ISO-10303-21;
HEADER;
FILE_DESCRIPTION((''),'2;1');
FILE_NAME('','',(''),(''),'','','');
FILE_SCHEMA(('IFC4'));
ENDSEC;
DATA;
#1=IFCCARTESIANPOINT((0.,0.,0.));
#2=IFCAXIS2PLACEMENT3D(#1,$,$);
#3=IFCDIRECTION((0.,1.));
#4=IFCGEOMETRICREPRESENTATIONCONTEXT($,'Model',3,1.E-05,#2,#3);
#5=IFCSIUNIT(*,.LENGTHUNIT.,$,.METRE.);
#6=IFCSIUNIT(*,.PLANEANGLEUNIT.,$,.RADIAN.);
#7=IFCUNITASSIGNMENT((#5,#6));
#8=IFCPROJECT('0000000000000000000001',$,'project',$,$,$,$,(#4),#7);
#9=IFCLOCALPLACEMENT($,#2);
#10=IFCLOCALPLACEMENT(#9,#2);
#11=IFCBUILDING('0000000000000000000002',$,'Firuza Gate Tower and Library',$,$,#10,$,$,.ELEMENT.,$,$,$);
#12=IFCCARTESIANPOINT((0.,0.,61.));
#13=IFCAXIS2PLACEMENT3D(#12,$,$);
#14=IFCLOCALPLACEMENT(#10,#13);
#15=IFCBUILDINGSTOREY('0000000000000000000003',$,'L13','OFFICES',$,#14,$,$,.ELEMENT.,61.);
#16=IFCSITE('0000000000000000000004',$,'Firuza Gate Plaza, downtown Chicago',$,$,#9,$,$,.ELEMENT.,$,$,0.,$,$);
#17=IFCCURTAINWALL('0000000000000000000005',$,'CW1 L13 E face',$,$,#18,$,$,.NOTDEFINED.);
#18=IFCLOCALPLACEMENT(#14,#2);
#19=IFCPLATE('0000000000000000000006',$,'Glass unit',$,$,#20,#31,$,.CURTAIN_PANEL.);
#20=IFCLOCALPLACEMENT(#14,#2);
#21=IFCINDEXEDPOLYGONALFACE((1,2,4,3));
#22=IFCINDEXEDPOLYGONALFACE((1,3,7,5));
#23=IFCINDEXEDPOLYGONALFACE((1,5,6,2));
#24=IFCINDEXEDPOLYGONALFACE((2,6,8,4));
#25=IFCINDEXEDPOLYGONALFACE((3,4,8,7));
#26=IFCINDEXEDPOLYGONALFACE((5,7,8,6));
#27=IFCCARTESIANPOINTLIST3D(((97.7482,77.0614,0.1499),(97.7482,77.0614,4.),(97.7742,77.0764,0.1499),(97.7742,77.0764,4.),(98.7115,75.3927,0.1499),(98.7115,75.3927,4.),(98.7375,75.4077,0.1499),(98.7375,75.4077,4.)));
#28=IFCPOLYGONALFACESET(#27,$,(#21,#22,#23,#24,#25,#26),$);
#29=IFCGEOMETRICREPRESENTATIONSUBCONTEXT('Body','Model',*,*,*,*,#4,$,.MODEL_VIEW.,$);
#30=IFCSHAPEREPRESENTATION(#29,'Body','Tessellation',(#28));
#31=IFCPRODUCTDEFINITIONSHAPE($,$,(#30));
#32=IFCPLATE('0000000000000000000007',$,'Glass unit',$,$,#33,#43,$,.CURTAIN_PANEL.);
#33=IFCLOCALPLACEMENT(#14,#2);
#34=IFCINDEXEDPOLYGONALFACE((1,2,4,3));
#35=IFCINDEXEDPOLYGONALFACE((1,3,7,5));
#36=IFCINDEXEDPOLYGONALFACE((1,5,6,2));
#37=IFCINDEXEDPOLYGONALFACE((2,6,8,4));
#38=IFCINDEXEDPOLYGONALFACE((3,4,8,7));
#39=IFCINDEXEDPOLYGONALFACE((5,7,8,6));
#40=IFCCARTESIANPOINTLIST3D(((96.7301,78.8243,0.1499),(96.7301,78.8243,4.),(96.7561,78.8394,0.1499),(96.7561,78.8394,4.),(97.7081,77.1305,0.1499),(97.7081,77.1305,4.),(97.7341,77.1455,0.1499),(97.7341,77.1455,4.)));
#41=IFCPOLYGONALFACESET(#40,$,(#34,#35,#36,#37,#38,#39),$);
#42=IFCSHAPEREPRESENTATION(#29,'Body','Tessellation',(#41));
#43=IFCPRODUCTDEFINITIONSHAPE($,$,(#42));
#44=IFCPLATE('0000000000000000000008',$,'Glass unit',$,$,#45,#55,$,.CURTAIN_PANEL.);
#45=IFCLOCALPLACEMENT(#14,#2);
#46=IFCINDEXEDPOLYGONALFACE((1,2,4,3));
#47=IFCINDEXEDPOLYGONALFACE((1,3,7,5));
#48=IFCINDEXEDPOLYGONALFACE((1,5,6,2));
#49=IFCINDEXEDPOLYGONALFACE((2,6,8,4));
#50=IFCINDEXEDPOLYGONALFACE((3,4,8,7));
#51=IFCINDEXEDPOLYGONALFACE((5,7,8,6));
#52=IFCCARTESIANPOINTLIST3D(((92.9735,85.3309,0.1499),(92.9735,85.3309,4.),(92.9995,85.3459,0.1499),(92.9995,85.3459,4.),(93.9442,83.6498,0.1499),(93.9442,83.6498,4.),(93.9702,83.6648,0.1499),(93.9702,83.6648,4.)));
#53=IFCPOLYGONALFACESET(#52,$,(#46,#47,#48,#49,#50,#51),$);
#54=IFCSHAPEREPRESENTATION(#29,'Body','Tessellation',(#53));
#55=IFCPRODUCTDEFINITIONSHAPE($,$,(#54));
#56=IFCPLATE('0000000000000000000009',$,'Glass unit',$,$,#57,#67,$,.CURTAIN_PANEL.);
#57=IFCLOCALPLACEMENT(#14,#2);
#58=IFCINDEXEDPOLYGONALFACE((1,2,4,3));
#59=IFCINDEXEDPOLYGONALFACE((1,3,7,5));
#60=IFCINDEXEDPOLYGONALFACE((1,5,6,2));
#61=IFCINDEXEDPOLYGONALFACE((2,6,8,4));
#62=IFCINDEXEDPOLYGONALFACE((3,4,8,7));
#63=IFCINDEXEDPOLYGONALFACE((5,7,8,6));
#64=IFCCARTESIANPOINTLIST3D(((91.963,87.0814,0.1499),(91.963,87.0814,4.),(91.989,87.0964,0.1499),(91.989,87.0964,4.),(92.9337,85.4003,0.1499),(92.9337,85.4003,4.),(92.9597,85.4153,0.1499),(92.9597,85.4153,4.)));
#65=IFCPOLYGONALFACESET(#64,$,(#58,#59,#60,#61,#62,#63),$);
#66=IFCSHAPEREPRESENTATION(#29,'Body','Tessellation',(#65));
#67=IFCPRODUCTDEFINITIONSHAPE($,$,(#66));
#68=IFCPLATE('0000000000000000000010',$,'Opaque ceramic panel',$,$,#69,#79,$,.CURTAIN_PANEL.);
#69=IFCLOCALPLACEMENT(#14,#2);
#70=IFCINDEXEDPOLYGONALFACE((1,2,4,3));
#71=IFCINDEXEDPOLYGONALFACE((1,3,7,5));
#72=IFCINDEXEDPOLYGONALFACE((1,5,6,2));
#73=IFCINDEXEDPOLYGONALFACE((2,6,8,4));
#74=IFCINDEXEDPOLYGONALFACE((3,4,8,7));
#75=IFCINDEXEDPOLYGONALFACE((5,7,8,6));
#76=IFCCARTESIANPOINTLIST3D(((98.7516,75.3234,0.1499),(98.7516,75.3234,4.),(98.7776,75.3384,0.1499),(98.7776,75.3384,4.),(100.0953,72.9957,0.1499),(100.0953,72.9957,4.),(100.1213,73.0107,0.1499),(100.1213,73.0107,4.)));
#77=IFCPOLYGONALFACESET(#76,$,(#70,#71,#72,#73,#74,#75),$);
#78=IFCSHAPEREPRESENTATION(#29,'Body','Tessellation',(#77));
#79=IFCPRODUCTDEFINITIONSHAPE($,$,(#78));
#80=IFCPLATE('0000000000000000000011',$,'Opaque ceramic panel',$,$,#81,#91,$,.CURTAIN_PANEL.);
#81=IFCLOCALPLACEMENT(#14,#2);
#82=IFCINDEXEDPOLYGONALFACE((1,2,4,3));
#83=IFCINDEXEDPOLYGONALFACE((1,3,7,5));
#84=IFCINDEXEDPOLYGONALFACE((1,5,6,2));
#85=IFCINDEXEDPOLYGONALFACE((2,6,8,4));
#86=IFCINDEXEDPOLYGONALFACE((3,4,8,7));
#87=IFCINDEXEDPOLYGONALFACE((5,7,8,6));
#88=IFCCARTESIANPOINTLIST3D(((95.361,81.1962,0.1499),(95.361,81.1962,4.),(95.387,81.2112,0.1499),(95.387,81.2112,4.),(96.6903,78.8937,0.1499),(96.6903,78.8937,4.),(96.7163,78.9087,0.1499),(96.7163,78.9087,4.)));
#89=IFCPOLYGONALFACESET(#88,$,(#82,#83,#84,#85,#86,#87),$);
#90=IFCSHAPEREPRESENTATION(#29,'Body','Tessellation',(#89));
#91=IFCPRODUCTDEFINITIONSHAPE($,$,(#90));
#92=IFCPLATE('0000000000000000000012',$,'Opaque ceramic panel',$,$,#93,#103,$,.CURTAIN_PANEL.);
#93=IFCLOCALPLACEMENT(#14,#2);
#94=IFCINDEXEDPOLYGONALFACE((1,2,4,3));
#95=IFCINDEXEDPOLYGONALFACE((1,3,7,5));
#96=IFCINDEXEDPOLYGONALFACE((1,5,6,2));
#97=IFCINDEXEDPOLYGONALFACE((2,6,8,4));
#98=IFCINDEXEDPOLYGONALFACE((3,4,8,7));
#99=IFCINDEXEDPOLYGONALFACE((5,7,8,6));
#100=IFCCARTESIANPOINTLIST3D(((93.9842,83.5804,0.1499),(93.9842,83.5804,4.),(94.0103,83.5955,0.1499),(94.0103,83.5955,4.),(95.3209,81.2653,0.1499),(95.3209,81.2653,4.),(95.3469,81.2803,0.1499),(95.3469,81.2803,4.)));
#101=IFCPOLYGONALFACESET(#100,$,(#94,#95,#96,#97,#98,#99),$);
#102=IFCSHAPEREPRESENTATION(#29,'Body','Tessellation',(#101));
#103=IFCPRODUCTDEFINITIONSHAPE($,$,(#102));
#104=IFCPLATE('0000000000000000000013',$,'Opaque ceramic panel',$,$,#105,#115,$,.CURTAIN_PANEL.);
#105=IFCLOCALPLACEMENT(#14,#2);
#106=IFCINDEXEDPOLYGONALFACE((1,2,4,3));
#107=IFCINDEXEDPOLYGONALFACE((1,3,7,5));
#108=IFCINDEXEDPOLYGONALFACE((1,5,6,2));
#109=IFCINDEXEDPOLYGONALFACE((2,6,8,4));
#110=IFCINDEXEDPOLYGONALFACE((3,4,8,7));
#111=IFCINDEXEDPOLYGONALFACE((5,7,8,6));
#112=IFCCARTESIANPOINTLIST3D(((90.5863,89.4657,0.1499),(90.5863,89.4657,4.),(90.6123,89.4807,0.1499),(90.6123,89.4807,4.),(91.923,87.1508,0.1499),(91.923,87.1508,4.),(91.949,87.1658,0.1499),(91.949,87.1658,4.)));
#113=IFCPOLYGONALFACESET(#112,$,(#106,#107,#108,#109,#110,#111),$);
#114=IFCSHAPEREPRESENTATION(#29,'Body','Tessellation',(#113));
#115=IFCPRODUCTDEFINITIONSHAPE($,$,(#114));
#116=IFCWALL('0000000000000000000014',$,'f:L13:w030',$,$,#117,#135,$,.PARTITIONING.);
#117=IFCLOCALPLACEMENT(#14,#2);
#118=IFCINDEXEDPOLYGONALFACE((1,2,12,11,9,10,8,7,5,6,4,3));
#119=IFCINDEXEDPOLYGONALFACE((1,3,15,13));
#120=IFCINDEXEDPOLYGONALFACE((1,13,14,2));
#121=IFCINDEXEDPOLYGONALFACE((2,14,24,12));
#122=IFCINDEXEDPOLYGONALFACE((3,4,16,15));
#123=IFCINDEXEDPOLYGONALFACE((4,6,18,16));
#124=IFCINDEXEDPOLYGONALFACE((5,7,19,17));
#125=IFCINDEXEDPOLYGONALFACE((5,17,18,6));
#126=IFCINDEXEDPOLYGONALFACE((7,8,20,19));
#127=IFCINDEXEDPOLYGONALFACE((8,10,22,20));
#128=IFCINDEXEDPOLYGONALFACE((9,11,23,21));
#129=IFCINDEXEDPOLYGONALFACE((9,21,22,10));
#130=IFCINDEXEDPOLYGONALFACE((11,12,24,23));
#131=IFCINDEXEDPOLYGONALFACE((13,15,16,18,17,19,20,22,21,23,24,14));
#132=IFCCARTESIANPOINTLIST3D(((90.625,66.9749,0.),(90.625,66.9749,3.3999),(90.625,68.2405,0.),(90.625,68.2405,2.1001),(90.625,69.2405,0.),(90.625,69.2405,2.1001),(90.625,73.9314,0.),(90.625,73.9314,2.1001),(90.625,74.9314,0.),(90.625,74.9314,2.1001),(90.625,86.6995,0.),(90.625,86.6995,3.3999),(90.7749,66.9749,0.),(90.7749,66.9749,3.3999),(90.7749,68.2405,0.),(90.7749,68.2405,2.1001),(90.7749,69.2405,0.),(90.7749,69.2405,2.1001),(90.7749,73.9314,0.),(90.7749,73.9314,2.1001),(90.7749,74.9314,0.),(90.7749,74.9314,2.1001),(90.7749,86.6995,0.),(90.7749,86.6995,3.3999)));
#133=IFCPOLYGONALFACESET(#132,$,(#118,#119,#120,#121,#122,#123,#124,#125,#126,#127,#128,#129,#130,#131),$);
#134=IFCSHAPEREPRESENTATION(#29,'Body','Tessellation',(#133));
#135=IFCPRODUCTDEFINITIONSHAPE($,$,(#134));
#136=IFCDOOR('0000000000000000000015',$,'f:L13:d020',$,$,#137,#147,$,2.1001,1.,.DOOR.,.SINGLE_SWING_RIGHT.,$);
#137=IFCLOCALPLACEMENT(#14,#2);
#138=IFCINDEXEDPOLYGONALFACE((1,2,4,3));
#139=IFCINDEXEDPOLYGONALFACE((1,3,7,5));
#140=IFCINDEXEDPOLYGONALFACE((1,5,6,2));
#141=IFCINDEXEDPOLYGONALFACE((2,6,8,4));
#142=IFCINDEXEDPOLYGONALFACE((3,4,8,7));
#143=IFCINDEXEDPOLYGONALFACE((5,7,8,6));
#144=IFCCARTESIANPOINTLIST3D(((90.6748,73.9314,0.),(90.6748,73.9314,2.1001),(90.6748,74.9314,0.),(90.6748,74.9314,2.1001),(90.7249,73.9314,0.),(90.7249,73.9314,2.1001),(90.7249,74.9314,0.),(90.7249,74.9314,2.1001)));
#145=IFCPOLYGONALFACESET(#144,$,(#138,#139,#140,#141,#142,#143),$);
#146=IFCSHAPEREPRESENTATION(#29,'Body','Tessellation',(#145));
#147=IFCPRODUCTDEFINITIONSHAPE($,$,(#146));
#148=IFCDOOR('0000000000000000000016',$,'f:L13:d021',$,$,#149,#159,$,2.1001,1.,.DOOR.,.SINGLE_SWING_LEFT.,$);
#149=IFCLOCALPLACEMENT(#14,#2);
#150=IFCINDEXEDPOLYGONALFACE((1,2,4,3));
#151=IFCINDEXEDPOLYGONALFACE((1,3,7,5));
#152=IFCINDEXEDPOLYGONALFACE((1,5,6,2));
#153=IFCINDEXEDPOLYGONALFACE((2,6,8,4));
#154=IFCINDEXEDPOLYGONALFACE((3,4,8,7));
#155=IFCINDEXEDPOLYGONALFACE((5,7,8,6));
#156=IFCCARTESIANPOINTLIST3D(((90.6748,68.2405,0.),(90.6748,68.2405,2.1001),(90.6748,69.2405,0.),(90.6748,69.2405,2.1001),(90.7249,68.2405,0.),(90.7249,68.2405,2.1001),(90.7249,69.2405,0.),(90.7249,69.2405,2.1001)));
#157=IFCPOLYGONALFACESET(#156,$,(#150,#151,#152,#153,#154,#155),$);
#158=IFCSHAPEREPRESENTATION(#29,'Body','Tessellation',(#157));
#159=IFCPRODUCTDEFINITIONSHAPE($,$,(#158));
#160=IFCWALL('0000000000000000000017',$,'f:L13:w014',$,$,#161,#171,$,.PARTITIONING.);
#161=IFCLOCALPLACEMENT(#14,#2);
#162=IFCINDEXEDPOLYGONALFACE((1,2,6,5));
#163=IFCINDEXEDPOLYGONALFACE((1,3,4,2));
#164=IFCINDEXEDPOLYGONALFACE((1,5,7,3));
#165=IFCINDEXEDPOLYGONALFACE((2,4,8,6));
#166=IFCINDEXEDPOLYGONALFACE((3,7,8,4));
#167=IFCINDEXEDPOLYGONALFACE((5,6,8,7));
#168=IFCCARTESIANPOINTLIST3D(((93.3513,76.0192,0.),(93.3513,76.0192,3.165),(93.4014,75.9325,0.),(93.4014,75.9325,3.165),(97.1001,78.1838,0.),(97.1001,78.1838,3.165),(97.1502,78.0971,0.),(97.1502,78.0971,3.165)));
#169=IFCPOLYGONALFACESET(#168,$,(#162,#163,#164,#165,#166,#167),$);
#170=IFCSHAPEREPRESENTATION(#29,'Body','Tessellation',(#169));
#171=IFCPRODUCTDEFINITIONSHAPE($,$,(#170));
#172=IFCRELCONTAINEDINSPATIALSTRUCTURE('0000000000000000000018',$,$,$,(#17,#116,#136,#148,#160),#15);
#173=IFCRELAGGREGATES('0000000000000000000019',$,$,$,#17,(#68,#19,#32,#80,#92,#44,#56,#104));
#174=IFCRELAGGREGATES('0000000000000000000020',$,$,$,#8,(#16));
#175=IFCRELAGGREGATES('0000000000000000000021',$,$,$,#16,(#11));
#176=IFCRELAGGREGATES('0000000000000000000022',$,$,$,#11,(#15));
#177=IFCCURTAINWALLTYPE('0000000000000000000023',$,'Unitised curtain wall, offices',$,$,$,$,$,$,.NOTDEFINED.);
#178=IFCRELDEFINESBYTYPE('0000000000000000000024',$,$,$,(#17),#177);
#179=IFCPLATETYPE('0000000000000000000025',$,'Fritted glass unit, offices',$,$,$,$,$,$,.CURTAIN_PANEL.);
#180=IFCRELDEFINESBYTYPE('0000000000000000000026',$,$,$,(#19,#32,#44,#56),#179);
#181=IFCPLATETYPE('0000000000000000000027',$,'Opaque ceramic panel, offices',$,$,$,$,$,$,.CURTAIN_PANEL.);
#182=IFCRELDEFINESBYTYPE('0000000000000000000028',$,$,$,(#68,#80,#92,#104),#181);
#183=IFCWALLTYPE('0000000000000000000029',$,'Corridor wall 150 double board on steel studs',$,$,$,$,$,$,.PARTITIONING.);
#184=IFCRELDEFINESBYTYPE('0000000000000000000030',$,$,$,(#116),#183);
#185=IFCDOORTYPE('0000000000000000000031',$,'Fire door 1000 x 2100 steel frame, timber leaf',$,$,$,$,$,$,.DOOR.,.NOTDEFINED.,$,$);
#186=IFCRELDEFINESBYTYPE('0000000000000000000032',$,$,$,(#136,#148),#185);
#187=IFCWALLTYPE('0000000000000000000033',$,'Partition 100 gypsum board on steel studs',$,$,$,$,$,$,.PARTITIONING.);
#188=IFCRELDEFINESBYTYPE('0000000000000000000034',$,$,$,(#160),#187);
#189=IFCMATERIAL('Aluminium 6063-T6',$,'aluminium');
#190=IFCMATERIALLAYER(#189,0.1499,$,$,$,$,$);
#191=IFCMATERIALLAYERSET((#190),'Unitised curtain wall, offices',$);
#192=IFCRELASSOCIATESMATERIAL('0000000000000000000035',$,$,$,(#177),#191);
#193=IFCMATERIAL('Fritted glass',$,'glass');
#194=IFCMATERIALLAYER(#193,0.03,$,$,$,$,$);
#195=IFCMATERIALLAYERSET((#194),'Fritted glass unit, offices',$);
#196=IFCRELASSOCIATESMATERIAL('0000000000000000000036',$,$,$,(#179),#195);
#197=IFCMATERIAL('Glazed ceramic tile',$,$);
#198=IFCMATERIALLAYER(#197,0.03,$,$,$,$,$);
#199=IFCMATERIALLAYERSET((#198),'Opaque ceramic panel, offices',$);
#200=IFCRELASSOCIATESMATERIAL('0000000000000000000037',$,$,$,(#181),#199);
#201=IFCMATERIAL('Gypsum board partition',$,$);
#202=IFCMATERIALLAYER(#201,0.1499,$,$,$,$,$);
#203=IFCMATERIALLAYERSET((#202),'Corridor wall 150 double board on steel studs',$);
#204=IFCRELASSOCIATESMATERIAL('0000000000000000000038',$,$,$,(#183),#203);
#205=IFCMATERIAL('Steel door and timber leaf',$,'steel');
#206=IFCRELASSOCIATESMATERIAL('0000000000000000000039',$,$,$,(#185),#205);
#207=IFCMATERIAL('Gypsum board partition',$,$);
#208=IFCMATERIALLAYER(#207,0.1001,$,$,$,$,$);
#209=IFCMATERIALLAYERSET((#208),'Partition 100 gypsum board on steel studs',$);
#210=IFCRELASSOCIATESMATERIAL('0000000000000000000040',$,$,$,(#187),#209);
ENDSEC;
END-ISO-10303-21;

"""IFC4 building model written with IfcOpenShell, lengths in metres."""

from ifc_helpers import new_model, si_unit, direction, frame, frame_2d, origin, place, context, subcontext, project, spatial, polyline, rectangle, outline, extrude, material, layer, layer_set, type_object, element, fill, aggregate, save


model = new_model("IFC4")

# Units and contexts
model_context = context("Model", 3, precision=1e-05, world=origin(), true_north=direction((0.0, 1.0)))
body_context = subcontext(model_context, "Body", "Model", "MODEL_VIEW")
ifc_project = project(units=[si_unit("LENGTHUNIT", "METRE"), si_unit("PLANEANGLEUNIT", "RADIAN")], contexts=[model_context])

# Site, building, storey
site_placement = place(None, origin())
site = spatial("IfcSite", under=ifc_project, at=site_placement, Name="Firuza Gate Plaza, downtown Chicago", CompositionType="ELEMENT", RefElevation=0.0)
building_placement = place(site_placement, origin())
building = spatial("IfcBuilding", under=site, at=building_placement, Name="Firuza Gate Tower and Library", CompositionType="ELEMENT")
storey_placement = place(building_placement, frame((0.0, 0.0, 61.0)))
storey = spatial("IfcBuildingStorey", under=building, at=storey_placement, Name="L13", Description="OFFICES", CompositionType="ELEMENT", Elevation=61.0)

# Curtain wall
ifc_material_1 = material(Name="Aluminium 6063-T6", Category="aluminium")
ifc_layer_1 = layer(ifc_material_1, 0.1499)
ifc_layer_set_1 = layer_set([ifc_layer_1], Name="Unitised curtain wall, offices")
curtain_wall_type = type_object("IfcCurtainWallType", Name="Unitised curtain wall, offices", PredefinedType="NOTDEFINED", material=ifc_layer_set_1)
curtain_wall_placement = place(storey_placement, origin())
curtain_wall = element("IfcCurtainWall", 1, at=curtain_wall_placement, inside=storey, type_object=curtain_wall_type, Name="CW1 L13 E face", PredefinedType="NOTDEFINED")

# Plates
ifc_material_2 = material(Name="Fritted glass", Category="glass")
ifc_layer_2 = layer(ifc_material_2, 0.03)
ifc_layer_set_2 = layer_set([ifc_layer_2], Name="Fritted glass unit, offices")
plate_type_1 = type_object("IfcPlateType", Name="Fritted glass unit, offices", PredefinedType="CURTAIN_PANEL", material=ifc_layer_set_2)
plate_1_placement = place(storey_placement, frame((98.7375, 75.4077, 0.1499), z_axis=(0.866036, 0.499982, 0.0), x_axis=(-0.499982, 0.866036, 0.0)))
plate_1 = element("IfcPlate", 2, at=plate_1_placement, type_object=plate_type_1, Name="Glass unit", PredefinedType="CURTAIN_PANEL", context=body_context, shape_type="SweptSolid", body=[
    extrude(outline(polyline([(0.0, 0.0), (1.9268, 0.0), (1.9268, 3.8501), (0.0, 3.8501), (0.0, 0.0)])), origin(), (0.0, 0.0, -1.0), 0.03),
])
plate_2_placement = place(storey_placement, frame((97.7341, 77.1455, 0.1499), z_axis=(0.866007, 0.500032, 0.0), x_axis=(-0.500032, 0.866007, 0.0)))
plate_2 = element("IfcPlate", 3, at=plate_2_placement, type_object=plate_type_1, Name="Glass unit", PredefinedType="CURTAIN_PANEL", context=body_context, shape_type="SweptSolid", body=[
    extrude(outline(polyline([(0.0, 0.0), (1.9559, 0.0), (1.9559, 3.8501), (0.0, 3.8501), (0.0, 0.0)])), origin(), (0.0, 0.0, -1.0), 0.03),
])
plate_3_placement = place(storey_placement, frame((93.9702, 83.6648, 0.1499), z_axis=(0.866005, 0.500035, 0.0), x_axis=(-0.500035, 0.866005, 0.0)))
plate_3 = element("IfcPlate", 4, at=plate_3_placement, type_object=plate_type_1, Name="Glass unit", PredefinedType="CURTAIN_PANEL", context=body_context, shape_type="SweptSolid", body=[
    extrude(outline(polyline([(0.0, 0.0), (1.9413, 0.0), (1.9413, 3.8501), (0.0, 3.8501), (0.0, 0.0)])), origin(), (0.0, 0.0, -1.0), 0.03),
])
plate_4_placement = place(storey_placement, frame((92.9597, 85.4153, 0.1499), z_axis=(0.866005, 0.500035, 0.0), x_axis=(-0.500035, 0.866005, 0.0)))
plate_4 = element("IfcPlate", 5, at=plate_4_placement, type_object=plate_type_1, Name="Glass unit", PredefinedType="CURTAIN_PANEL", context=body_context, shape_type="SweptSolid", body=[
    extrude(outline(polyline([(0.0, 0.0), (1.9413, 0.0), (1.9413, 3.8501), (0.0, 3.8501), (0.0, 0.0)])), origin(), (0.0, 0.0, -1.0), 0.03),
])
ifc_material_3 = material(Name="Glazed ceramic tile")
ifc_layer_3 = layer(ifc_material_3, 0.03)
ifc_layer_set_3 = layer_set([ifc_layer_3], Name="Opaque ceramic panel, offices")
plate_type_2 = type_object("IfcPlateType", Name="Opaque ceramic panel, offices", PredefinedType="CURTAIN_PANEL", material=ifc_layer_set_3)
plate_5_placement = place(storey_placement, frame((100.1213, 73.0107, 0.1499), z_axis=(0.866043, 0.499969, 0.0), x_axis=(-0.499969, 0.866043, 0.0)))
plate_5 = element("IfcPlate", 6, at=plate_5_placement, type_object=plate_type_2, Name="Opaque ceramic panel", PredefinedType="CURTAIN_PANEL", context=body_context, shape_type="SweptSolid", body=[
    extrude(outline(polyline([(0.0, 0.0), (2.6877, 0.0), (2.6877, 3.8501), (0.0, 3.8501), (0.0, 0.0)])), origin(), (0.0, 0.0, -1.0), 0.03),
])
plate_6_placement = place(storey_placement, frame((96.7163, 78.9087, 0.1499), z_axis=(0.866025, 0.500001, 0.0), x_axis=(-0.500001, 0.866025, 0.0)))
plate_6 = element("IfcPlate", 7, at=plate_6_placement, type_object=plate_type_2, Name="Opaque ceramic panel", PredefinedType="CURTAIN_PANEL", context=body_context, shape_type="SweptSolid", body=[
    extrude(outline(polyline([(0.0, 0.0), (2.6587, 0.0), (2.6587, 3.8501), (0.0, 3.8501), (0.0, 0.0)])), origin(), (0.0, 0.0, -1.0), 0.03),
])
plate_7_placement = place(storey_placement, frame((95.3469, 81.2803, 0.1499), z_axis=(0.866026, 0.499999, 0.0), x_axis=(-0.499999, 0.866026, 0.0)))
plate_7 = element("IfcPlate", 8, at=plate_7_placement, type_object=plate_type_2, Name="Opaque ceramic panel", PredefinedType="CURTAIN_PANEL", context=body_context, shape_type="SweptSolid", body=[
    extrude(outline(polyline([(0.0, 0.0), (2.6733, 0.0), (2.6733, 3.8501), (0.0, 3.8501), (0.0, 0.0)])), origin(), (0.0, 0.0, -1.0), 0.03),
])
plate_8_placement = place(storey_placement, frame((91.949, 87.1658, 0.1499), z_axis=(0.866003, 0.500039, 0.0), x_axis=(-0.500039, 0.866003, 0.0)))
plate_8 = element("IfcPlate", 9, at=plate_8_placement, type_object=plate_type_2, Name="Opaque ceramic panel", PredefinedType="CURTAIN_PANEL", context=body_context, shape_type="SweptSolid", body=[
    extrude(outline(polyline([(0.0, 0.0), (2.6731, 0.0), (2.6731, 3.8501), (0.0, 3.8501), (0.0, 0.0)])), origin(), (0.0, 0.0, -1.0), 0.03),
])
aggregate(curtain_wall, [plate_5, plate_1, plate_2, plate_6, plate_7, plate_3, plate_4, plate_8])

# Wall, openings, doors
ifc_material_4 = material(Name="Gypsum board partition")
ifc_layer_4 = layer(ifc_material_4, 0.1499)
ifc_layer_set_4 = layer_set([ifc_layer_4], Name="Corridor wall 150 double board on steel studs")
wall_type_1 = type_object("IfcWallType", Name="Corridor wall 150 double board on steel studs", PredefinedType="PARTITIONING", material=ifc_layer_set_4)
wall_1_placement = place(storey_placement, frame((90.7, 86.6995, 0.0), z_axis=(0.0, 0.0, 1.0), x_axis=(0.0, -1.0, 0.0)))
wall_1 = element("IfcWall", 10, at=wall_1_placement, inside=storey, type_object=wall_type_1, Name="f:L13:w030", PredefinedType="PARTITIONING", context=body_context, shape_type="SweptSolid", body=[
    extrude(rectangle(XDim=19.7246, YDim=0.1499, at=frame_2d((9.8623, 0.0))), origin(), (0.0, 0.0, 1.0), 3.3999),
])
opening_1_placement = place(wall_1_placement, frame((11.7681, 0.0, 0.0)))
opening_1 = element("IfcOpeningElement", 11, at=opening_1_placement, cuts=wall_1, PredefinedType="OPENING", context=body_context, shape_type="SweptSolid", body=[
    extrude(rectangle(XDim=1.0, YDim=2.1001, at=frame_2d((0.5, 1.05))), frame((0.0, 0.085, 0.0), z_axis=(0.0, -1.0, 0.0), x_axis=(1.0, 0.0, 0.0)), (0.0, 0.0, 1.0), 0.1699),
])
opening_2_placement = place(wall_1_placement, frame((17.459, 0.0, 0.0)))
opening_2 = element("IfcOpeningElement", 12, at=opening_2_placement, cuts=wall_1, PredefinedType="OPENING", context=body_context, shape_type="SweptSolid", body=[
    extrude(rectangle(XDim=1.0, YDim=2.1001, at=frame_2d((0.5, 1.05))), frame((0.0, 0.085, 0.0), z_axis=(0.0, -1.0, 0.0), x_axis=(1.0, 0.0, 0.0)), (0.0, 0.0, 1.0), 0.1699),
])
ifc_material_5 = material(Name="Steel door and timber leaf", Category="steel")
door_type_1 = type_object("IfcDoorType", Name="Fire door 1000 x 2100 steel frame, timber leaf", OperationType="NOTDEFINED", PredefinedType="DOOR", material=ifc_material_5)
door_1_placement = place(opening_1_placement, origin())
door_1 = element("IfcDoor", 13, at=door_1_placement, inside=storey, type_object=door_type_1, Name="f:L13:d020", OperationType="SINGLE_SWING_RIGHT", OverallHeight=2.1001, OverallWidth=1.0, PredefinedType="DOOR", context=body_context, shape_type="SweptSolid", body=[
    extrude(rectangle(XDim=1.0, YDim=2.1001, at=frame_2d((0.5, 1.05))), frame((0.0, 0.0249, 0.0), z_axis=(0.0, -1.0, 0.0), x_axis=(1.0, 0.0, 0.0)), (0.0, 0.0, 1.0), 0.05),
])
fill(opening_1, door_1)
door_2_placement = place(opening_2_placement, origin())
door_2 = element("IfcDoor", 14, at=door_2_placement, inside=storey, type_object=door_type_1, Name="f:L13:d021", OperationType="SINGLE_SWING_LEFT", OverallHeight=2.1001, OverallWidth=1.0, PredefinedType="DOOR", context=body_context, shape_type="SweptSolid", body=[
    extrude(rectangle(XDim=1.0, YDim=2.1001, at=frame_2d((0.5, 1.05))), frame((0.0, 0.0249, 0.0), z_axis=(0.0, -1.0, 0.0), x_axis=(1.0, 0.0, 0.0)), (0.0, 0.0, 1.0), 0.05),
])
fill(opening_2, door_2)

# Wall
ifc_material_6 = material(Name="Gypsum board partition")
ifc_layer_5 = layer(ifc_material_6, 0.1001)
ifc_layer_set_5 = layer_set([ifc_layer_5], Name="Partition 100 gypsum board on steel studs")
wall_type_2 = type_object("IfcWallType", Name="Partition 100 gypsum board on steel studs", PredefinedType="PARTITIONING", material=ifc_layer_set_5)
wall_2_placement = place(storey_placement, frame((93.3762, 75.9758, 0.0), z_axis=(0.0, 0.0, 1.0), x_axis=(0.866006, 0.500033, 0.0)))
element("IfcWall", 15, at=wall_2_placement, inside=storey, type_object=wall_type_2, Name="f:L13:w014", PredefinedType="PARTITIONING", context=body_context, shape_type="SweptSolid", body=[
    extrude(rectangle(XDim=4.3289, YDim=0.1001, at=frame_2d((2.1646, 0.0))), origin(), (0.0, 0.0, 1.0), 3.165),
])

save(model, "model.ifc")
